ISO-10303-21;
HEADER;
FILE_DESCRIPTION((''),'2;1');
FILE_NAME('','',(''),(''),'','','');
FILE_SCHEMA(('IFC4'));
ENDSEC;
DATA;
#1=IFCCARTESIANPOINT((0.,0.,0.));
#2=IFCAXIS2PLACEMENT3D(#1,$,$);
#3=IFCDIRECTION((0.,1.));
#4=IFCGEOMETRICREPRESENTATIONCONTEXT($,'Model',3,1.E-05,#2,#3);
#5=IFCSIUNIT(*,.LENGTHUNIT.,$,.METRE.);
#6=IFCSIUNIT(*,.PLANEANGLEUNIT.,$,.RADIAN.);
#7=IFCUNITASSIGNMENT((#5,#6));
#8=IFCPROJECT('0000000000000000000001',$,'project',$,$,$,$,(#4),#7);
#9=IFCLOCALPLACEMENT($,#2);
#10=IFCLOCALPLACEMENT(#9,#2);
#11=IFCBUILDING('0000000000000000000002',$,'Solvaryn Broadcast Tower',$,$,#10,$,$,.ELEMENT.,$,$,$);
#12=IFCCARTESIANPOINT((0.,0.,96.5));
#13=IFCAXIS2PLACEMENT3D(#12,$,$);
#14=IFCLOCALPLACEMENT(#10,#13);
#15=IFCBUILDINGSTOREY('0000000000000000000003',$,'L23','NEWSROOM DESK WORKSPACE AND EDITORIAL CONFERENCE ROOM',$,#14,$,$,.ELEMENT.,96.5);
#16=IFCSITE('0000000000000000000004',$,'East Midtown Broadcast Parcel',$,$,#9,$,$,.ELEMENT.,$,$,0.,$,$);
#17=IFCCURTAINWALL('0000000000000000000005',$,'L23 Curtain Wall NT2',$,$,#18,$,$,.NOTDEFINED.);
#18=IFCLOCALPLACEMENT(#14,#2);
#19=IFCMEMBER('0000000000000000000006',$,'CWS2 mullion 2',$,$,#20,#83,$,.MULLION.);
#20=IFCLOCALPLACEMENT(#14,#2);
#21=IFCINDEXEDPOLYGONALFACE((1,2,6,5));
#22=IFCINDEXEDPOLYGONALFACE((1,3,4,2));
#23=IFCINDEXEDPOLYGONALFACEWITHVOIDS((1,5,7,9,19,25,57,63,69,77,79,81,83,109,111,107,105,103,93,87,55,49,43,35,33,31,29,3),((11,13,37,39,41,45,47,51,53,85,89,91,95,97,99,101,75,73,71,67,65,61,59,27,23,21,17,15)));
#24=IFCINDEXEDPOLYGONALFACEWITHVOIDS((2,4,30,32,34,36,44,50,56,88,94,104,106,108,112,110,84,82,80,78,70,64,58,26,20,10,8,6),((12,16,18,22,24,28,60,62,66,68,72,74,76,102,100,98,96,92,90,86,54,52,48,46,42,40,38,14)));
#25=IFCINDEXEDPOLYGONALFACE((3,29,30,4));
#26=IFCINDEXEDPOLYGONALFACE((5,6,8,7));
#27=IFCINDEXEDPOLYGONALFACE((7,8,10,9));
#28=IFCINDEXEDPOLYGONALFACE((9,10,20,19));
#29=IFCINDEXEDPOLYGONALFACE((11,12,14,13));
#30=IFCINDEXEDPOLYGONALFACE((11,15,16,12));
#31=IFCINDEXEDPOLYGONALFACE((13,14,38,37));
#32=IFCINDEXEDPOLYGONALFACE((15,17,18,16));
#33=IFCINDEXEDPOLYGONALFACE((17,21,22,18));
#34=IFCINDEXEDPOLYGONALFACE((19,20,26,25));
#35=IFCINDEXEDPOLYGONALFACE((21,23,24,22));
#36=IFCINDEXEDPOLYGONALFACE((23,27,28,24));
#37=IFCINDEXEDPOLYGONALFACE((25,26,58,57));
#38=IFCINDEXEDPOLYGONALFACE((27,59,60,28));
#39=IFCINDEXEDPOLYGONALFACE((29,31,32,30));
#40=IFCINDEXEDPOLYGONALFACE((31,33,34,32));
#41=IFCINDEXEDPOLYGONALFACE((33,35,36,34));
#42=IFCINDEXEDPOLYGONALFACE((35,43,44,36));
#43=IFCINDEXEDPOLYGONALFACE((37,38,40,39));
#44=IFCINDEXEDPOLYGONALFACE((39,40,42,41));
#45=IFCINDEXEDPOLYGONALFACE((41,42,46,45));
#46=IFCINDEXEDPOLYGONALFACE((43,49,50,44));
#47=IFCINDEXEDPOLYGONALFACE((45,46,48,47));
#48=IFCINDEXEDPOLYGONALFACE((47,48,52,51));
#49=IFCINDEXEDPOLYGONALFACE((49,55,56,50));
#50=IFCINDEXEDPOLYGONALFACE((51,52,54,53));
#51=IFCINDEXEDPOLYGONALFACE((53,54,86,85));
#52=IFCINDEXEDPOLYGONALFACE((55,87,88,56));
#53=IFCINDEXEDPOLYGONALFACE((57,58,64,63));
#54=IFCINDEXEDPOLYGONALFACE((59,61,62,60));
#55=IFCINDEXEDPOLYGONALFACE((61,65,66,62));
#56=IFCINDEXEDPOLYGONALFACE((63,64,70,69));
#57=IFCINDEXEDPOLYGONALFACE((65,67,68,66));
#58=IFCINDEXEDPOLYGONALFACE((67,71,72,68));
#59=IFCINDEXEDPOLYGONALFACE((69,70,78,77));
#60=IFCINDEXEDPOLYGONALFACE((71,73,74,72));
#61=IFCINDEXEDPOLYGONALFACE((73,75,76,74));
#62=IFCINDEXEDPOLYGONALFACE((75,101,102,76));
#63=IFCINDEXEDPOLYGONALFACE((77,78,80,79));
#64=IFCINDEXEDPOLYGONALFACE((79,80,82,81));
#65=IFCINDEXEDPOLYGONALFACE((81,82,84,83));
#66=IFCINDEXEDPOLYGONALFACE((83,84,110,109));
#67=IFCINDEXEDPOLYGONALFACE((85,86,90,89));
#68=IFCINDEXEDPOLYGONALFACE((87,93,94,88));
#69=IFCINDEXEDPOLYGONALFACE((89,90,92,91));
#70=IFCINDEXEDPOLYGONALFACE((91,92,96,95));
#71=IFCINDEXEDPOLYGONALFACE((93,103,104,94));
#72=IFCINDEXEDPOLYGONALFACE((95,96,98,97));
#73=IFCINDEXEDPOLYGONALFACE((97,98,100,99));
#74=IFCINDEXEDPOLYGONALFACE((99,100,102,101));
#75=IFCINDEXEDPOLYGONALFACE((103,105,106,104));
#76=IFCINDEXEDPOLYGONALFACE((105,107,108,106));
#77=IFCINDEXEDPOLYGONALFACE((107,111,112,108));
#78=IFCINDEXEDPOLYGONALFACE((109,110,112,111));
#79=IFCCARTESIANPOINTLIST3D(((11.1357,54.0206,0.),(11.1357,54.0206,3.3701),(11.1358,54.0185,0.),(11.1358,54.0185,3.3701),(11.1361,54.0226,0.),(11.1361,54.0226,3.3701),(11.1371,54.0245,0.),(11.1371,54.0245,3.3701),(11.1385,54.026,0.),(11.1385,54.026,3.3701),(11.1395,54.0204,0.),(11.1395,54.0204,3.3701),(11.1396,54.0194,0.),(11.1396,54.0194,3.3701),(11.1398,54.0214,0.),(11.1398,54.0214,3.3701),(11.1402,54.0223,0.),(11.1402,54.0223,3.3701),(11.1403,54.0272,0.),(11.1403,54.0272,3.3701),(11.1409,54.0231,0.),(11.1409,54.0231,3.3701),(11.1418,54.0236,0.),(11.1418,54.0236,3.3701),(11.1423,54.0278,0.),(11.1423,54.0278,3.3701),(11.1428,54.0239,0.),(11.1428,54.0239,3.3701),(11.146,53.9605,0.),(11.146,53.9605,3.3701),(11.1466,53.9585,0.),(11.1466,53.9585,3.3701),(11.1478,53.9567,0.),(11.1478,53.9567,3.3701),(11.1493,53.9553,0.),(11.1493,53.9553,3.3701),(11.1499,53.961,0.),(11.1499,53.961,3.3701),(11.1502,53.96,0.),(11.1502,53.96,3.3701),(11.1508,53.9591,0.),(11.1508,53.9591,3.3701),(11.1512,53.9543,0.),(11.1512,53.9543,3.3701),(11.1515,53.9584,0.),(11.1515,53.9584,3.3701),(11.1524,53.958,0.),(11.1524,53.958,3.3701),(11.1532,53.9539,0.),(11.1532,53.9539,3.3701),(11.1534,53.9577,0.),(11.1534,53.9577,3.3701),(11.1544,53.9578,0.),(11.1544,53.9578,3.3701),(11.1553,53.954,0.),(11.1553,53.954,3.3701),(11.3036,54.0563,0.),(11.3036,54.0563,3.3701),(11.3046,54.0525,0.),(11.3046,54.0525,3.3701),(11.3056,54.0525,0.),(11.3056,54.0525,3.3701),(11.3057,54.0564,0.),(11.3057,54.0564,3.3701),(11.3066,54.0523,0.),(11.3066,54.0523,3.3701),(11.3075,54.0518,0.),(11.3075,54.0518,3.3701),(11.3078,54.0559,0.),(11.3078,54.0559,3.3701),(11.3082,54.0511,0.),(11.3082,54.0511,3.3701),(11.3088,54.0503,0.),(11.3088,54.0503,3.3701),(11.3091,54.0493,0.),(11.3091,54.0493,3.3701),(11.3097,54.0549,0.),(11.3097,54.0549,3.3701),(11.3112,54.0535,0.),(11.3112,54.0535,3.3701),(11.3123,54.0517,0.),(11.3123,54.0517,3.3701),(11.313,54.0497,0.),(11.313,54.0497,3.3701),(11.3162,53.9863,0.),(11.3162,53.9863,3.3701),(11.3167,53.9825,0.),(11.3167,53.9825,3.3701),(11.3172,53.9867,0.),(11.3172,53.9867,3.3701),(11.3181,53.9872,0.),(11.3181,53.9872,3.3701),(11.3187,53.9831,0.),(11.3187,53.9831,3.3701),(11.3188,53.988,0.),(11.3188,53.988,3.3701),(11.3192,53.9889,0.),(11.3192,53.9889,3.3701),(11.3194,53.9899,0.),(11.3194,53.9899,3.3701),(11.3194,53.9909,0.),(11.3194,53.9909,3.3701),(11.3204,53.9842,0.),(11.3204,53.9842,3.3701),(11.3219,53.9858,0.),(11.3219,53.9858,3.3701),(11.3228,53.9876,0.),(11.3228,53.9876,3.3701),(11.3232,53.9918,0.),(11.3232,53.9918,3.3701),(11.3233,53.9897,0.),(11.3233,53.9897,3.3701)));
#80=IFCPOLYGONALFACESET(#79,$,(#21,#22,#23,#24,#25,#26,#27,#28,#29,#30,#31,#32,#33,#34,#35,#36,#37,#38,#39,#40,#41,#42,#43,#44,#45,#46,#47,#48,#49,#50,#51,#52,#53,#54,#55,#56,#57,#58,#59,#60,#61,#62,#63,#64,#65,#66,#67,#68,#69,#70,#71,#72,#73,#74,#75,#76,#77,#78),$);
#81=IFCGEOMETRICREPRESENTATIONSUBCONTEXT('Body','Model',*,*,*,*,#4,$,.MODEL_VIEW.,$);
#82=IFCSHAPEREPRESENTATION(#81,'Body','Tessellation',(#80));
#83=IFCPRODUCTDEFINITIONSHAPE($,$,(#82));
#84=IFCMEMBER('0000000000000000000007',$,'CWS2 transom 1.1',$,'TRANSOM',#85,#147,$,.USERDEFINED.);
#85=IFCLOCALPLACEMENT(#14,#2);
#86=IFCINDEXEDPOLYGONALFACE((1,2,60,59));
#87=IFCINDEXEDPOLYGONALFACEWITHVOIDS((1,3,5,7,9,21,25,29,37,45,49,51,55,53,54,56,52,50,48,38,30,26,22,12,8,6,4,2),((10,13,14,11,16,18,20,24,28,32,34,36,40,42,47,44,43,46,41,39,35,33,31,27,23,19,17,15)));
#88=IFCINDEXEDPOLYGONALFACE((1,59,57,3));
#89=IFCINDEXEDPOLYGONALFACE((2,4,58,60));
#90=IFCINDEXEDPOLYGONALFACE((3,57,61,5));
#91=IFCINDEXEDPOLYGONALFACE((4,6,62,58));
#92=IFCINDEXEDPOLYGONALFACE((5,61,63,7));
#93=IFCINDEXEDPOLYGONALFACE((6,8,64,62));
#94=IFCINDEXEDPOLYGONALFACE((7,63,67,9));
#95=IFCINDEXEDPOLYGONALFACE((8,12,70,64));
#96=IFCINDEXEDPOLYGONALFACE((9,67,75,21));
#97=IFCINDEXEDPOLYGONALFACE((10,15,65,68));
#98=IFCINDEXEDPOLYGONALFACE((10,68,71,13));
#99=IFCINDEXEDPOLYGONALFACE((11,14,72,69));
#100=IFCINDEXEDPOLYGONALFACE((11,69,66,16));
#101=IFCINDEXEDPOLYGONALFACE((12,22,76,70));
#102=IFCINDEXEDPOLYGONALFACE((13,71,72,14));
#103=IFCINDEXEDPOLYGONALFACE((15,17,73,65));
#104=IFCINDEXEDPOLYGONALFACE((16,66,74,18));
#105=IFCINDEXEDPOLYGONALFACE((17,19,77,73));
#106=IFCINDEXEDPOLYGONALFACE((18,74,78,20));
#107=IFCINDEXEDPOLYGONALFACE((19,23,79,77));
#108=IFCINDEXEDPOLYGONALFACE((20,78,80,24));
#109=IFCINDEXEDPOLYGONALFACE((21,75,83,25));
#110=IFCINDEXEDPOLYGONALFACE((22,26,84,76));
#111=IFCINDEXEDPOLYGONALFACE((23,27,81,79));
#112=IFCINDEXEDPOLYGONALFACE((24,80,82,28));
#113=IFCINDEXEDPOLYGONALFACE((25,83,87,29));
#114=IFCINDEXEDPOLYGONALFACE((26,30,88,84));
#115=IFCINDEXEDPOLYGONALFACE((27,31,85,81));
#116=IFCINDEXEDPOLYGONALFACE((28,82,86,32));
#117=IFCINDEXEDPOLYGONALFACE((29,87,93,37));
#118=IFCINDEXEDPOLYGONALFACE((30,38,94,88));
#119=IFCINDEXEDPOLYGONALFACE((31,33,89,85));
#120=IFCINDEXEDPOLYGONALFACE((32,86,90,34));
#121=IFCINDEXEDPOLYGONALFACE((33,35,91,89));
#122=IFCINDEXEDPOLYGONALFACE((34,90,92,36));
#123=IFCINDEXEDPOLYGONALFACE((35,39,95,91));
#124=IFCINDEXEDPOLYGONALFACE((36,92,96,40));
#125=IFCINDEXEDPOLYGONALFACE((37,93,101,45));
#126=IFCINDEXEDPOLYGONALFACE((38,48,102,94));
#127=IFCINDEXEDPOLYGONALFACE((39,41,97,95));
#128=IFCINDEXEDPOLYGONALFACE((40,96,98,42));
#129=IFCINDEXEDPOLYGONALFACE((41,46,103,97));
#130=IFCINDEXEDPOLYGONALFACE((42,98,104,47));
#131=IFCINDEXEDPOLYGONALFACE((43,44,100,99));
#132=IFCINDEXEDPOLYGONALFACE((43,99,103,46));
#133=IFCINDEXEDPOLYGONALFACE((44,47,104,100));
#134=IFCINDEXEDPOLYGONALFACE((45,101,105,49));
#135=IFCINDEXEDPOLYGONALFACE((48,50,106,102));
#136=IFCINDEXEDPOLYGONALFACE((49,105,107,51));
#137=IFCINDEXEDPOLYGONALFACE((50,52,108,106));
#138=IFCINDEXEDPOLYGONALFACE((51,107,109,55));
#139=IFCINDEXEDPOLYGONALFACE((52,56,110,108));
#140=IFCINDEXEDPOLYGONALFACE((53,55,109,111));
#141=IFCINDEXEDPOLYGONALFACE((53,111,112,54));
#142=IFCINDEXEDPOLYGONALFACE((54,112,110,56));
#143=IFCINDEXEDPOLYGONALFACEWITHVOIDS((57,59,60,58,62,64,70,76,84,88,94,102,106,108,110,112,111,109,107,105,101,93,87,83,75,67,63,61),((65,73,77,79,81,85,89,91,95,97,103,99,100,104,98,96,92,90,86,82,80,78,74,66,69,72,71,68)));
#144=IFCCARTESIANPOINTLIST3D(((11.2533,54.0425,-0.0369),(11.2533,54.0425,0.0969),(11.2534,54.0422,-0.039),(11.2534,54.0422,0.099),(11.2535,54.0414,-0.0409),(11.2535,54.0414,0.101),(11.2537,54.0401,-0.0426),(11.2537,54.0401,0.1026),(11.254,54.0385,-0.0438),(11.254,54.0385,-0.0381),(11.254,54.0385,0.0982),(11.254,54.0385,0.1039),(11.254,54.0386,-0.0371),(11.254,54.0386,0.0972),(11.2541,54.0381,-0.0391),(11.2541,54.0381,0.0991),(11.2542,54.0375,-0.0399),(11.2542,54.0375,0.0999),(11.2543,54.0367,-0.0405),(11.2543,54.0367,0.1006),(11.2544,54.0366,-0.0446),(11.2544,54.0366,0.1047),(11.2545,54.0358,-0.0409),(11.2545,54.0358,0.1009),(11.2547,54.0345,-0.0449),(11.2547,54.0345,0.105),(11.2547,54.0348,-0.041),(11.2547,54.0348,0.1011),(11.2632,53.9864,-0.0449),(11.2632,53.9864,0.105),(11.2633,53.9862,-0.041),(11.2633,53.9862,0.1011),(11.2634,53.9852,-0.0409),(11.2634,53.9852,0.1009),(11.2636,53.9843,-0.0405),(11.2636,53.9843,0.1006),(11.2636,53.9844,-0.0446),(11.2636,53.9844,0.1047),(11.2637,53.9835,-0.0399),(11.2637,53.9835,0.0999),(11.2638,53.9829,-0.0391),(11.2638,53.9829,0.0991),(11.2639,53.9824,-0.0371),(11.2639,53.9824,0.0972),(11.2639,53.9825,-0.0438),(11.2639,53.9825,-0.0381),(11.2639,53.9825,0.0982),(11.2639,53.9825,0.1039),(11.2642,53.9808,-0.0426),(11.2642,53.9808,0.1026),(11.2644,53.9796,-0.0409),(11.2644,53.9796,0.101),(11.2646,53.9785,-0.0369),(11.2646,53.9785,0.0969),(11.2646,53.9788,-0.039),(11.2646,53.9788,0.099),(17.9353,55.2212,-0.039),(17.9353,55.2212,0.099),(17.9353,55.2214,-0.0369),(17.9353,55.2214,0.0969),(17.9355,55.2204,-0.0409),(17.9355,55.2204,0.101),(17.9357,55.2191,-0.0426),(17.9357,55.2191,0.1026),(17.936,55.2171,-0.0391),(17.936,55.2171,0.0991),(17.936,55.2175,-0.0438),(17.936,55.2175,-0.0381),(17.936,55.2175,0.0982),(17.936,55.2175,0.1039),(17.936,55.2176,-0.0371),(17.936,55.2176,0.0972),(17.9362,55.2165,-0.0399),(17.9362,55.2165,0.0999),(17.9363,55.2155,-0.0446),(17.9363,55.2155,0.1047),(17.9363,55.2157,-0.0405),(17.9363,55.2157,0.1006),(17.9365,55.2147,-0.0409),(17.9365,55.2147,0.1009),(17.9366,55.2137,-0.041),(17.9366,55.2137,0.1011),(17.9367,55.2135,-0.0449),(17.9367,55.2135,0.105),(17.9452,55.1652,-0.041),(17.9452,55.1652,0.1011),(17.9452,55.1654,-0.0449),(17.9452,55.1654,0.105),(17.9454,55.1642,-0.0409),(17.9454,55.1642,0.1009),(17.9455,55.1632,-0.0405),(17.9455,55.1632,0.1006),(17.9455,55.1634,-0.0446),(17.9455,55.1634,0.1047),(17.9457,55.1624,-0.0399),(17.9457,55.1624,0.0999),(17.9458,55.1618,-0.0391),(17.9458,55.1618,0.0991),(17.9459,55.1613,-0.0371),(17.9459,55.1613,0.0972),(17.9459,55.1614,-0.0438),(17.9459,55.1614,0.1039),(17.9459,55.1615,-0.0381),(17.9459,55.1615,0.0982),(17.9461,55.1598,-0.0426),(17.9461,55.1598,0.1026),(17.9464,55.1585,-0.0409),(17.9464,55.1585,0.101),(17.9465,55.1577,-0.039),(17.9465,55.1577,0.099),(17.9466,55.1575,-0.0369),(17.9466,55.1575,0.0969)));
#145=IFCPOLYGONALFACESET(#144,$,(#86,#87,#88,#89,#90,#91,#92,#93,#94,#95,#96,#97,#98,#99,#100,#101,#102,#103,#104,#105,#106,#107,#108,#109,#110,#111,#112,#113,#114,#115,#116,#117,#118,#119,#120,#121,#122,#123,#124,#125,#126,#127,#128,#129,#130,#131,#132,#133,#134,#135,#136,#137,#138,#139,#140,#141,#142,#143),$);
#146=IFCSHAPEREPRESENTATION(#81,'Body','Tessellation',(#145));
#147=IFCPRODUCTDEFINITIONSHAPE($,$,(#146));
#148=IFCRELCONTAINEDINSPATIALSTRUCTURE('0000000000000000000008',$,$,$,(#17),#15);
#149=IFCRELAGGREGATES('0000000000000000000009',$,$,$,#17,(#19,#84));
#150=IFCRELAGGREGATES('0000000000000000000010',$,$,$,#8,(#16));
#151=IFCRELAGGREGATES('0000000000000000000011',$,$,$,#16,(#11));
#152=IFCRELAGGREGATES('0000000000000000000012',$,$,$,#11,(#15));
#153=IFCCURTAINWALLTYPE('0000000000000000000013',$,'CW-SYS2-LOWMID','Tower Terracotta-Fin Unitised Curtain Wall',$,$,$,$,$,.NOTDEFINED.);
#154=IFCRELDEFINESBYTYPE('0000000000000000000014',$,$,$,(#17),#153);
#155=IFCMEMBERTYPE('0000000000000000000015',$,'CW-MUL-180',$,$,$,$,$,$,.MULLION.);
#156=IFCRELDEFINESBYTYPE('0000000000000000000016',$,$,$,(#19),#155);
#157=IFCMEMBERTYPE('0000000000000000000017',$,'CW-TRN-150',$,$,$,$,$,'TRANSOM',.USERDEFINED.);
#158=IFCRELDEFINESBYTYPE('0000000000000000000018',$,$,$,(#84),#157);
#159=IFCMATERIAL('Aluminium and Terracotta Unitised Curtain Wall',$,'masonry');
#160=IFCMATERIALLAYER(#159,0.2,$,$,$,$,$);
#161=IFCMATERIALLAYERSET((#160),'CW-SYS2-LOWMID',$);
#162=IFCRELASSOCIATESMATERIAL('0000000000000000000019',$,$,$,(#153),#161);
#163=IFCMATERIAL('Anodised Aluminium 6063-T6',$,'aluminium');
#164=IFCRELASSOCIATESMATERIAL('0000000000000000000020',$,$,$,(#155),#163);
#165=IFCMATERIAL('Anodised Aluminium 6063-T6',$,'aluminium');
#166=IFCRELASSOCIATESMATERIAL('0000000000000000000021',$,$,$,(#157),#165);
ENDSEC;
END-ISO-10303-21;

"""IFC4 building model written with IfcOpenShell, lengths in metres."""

from ifc_helpers import new_model, si_unit, direction, frame, origin, origin_2d, place, context, subcontext, project, spatial, hollow_rectangle, extrude, material, layer, layer_set, material_profile, profile_set, type_object, element, aggregate, save


model = new_model("IFC4")

# Units and contexts
model_context = context("Model", 3, precision=1e-05, world=origin(), true_north=direction((0.0, 1.0)))
body_context = subcontext(model_context, "Body", "Model", "MODEL_VIEW")
ifc_project = project(units=[si_unit("LENGTHUNIT", "METRE"), si_unit("PLANEANGLEUNIT", "RADIAN")], contexts=[model_context])

# Site, building, storey
site_placement = place(None, origin())
site = spatial("IfcSite", under=ifc_project, at=site_placement, Name="East Midtown Broadcast Parcel", CompositionType="ELEMENT", RefElevation=0.0)
building_placement = place(site_placement, origin())
building = spatial("IfcBuilding", under=site, at=building_placement, Name="Solvaryn Broadcast Tower", CompositionType="ELEMENT")
storey_placement = place(building_placement, frame((0.0, 0.0, 96.5)))
storey = spatial("IfcBuildingStorey", under=building, at=storey_placement, Name="L23", Description="NEWSROOM DESK WORKSPACE AND EDITORIAL CONFERENCE ROOM", CompositionType="ELEMENT", Elevation=96.5)

# Shared definitions
ifc_material_1 = material(Name="Aluminium and Terracotta Unitised Curtain Wall", Category="masonry")
ifc_layer_1 = layer(ifc_material_1, 0.2)
ifc_layer_set_1 = layer_set([ifc_layer_1], Name="CW-SYS2-LOWMID")
curtain_wall_type = type_object("IfcCurtainWallType", Name="CW-SYS2-LOWMID", Description="Tower Terracotta-Fin Unitised Curtain Wall", PredefinedType="NOTDEFINED", material=ifc_layer_set_1)
ifc_material_2 = material(Name="Anodised Aluminium 6063-T6", Category="aluminium")
ifc_material_profile_1 = material_profile(ifc_material_2, hollow_rectangle(XDim=0.075, YDim=0.1799, WallThickness=0.0039, InnerFilletRadius=0.0039, OuterFilletRadius=0.0081, at=origin_2d()))
ifc_profile_set_1 = profile_set([ifc_material_profile_1], Name="Anodised Aluminium 6063-T6")
member_type_1 = type_object("IfcMemberType", Name="CW-MUL-180", PredefinedType="MULLION", material=ifc_profile_set_1)

# Curtain wall, members
curtain_wall_1_placement = place(storey_placement, origin())
curtain_wall_1 = element("IfcCurtainWall", 1, at=curtain_wall_1_placement, inside=storey, type_object=curtain_wall_type, Name="L23 Curtain Wall NT2", PredefinedType="NOTDEFINED")
member_1_placement = place(storey_placement, frame((11.2295, 54.0051, 0.0), z_axis=(0.0, 0.0, 1.0), x_axis=(0.173785, -0.984784, 0.0)))
member_1 = element("IfcMember", 2, at=member_1_placement, type_object=member_type_1, Name="CWS2 mullion 2", PredefinedType="MULLION", context=body_context, shape_type="SweptSolid", body=[
    extrude(hollow_rectangle(XDim=0.075, YDim=0.1799, WallThickness=0.0039, InnerFilletRadius=0.0039, OuterFilletRadius=0.0081, at=origin_2d()), origin(), (0.0, 0.0, 1.0), 3.3701),
])
ifc_material_3 = material(Name="Anodised Aluminium 6063-T6", Category="aluminium")
ifc_material_profile_2 = material_profile(ifc_material_3, hollow_rectangle(XDim=0.0649, YDim=0.1499, WallThickness=0.0039, InnerFilletRadius=0.0039, OuterFilletRadius=0.0081, at=origin_2d()))
ifc_profile_set_2 = profile_set([ifc_material_profile_2], Name="Anodised Aluminium 6063-T6")
member_type_2 = type_object("IfcMemberType", Name="CW-TRN-150", ElementType="TRANSOM", PredefinedType="USERDEFINED", material=ifc_profile_set_2)
member_2_placement = place(storey_placement, frame((17.9409, 55.1895, 0.03), z_axis=(-0.984789, -0.173757, 0.0), x_axis=(0.173757, -0.984789, 0.0)))
member_2 = element("IfcMember", 3, at=member_2_placement, type_object=member_type_2, Name="CWS2 transom 1.1", ObjectType="TRANSOM", PredefinedType="USERDEFINED", context=body_context, shape_type="SweptSolid", body=[
    extrude(hollow_rectangle(XDim=0.0649, YDim=0.1499, WallThickness=0.0039, InnerFilletRadius=0.0039, OuterFilletRadius=0.0081, at=origin_2d()), origin(), (0.0, 0.0, 1.0), 6.7852),
])

aggregate(curtain_wall_1, [member_1, member_2])

save(model, "model.ifc")
